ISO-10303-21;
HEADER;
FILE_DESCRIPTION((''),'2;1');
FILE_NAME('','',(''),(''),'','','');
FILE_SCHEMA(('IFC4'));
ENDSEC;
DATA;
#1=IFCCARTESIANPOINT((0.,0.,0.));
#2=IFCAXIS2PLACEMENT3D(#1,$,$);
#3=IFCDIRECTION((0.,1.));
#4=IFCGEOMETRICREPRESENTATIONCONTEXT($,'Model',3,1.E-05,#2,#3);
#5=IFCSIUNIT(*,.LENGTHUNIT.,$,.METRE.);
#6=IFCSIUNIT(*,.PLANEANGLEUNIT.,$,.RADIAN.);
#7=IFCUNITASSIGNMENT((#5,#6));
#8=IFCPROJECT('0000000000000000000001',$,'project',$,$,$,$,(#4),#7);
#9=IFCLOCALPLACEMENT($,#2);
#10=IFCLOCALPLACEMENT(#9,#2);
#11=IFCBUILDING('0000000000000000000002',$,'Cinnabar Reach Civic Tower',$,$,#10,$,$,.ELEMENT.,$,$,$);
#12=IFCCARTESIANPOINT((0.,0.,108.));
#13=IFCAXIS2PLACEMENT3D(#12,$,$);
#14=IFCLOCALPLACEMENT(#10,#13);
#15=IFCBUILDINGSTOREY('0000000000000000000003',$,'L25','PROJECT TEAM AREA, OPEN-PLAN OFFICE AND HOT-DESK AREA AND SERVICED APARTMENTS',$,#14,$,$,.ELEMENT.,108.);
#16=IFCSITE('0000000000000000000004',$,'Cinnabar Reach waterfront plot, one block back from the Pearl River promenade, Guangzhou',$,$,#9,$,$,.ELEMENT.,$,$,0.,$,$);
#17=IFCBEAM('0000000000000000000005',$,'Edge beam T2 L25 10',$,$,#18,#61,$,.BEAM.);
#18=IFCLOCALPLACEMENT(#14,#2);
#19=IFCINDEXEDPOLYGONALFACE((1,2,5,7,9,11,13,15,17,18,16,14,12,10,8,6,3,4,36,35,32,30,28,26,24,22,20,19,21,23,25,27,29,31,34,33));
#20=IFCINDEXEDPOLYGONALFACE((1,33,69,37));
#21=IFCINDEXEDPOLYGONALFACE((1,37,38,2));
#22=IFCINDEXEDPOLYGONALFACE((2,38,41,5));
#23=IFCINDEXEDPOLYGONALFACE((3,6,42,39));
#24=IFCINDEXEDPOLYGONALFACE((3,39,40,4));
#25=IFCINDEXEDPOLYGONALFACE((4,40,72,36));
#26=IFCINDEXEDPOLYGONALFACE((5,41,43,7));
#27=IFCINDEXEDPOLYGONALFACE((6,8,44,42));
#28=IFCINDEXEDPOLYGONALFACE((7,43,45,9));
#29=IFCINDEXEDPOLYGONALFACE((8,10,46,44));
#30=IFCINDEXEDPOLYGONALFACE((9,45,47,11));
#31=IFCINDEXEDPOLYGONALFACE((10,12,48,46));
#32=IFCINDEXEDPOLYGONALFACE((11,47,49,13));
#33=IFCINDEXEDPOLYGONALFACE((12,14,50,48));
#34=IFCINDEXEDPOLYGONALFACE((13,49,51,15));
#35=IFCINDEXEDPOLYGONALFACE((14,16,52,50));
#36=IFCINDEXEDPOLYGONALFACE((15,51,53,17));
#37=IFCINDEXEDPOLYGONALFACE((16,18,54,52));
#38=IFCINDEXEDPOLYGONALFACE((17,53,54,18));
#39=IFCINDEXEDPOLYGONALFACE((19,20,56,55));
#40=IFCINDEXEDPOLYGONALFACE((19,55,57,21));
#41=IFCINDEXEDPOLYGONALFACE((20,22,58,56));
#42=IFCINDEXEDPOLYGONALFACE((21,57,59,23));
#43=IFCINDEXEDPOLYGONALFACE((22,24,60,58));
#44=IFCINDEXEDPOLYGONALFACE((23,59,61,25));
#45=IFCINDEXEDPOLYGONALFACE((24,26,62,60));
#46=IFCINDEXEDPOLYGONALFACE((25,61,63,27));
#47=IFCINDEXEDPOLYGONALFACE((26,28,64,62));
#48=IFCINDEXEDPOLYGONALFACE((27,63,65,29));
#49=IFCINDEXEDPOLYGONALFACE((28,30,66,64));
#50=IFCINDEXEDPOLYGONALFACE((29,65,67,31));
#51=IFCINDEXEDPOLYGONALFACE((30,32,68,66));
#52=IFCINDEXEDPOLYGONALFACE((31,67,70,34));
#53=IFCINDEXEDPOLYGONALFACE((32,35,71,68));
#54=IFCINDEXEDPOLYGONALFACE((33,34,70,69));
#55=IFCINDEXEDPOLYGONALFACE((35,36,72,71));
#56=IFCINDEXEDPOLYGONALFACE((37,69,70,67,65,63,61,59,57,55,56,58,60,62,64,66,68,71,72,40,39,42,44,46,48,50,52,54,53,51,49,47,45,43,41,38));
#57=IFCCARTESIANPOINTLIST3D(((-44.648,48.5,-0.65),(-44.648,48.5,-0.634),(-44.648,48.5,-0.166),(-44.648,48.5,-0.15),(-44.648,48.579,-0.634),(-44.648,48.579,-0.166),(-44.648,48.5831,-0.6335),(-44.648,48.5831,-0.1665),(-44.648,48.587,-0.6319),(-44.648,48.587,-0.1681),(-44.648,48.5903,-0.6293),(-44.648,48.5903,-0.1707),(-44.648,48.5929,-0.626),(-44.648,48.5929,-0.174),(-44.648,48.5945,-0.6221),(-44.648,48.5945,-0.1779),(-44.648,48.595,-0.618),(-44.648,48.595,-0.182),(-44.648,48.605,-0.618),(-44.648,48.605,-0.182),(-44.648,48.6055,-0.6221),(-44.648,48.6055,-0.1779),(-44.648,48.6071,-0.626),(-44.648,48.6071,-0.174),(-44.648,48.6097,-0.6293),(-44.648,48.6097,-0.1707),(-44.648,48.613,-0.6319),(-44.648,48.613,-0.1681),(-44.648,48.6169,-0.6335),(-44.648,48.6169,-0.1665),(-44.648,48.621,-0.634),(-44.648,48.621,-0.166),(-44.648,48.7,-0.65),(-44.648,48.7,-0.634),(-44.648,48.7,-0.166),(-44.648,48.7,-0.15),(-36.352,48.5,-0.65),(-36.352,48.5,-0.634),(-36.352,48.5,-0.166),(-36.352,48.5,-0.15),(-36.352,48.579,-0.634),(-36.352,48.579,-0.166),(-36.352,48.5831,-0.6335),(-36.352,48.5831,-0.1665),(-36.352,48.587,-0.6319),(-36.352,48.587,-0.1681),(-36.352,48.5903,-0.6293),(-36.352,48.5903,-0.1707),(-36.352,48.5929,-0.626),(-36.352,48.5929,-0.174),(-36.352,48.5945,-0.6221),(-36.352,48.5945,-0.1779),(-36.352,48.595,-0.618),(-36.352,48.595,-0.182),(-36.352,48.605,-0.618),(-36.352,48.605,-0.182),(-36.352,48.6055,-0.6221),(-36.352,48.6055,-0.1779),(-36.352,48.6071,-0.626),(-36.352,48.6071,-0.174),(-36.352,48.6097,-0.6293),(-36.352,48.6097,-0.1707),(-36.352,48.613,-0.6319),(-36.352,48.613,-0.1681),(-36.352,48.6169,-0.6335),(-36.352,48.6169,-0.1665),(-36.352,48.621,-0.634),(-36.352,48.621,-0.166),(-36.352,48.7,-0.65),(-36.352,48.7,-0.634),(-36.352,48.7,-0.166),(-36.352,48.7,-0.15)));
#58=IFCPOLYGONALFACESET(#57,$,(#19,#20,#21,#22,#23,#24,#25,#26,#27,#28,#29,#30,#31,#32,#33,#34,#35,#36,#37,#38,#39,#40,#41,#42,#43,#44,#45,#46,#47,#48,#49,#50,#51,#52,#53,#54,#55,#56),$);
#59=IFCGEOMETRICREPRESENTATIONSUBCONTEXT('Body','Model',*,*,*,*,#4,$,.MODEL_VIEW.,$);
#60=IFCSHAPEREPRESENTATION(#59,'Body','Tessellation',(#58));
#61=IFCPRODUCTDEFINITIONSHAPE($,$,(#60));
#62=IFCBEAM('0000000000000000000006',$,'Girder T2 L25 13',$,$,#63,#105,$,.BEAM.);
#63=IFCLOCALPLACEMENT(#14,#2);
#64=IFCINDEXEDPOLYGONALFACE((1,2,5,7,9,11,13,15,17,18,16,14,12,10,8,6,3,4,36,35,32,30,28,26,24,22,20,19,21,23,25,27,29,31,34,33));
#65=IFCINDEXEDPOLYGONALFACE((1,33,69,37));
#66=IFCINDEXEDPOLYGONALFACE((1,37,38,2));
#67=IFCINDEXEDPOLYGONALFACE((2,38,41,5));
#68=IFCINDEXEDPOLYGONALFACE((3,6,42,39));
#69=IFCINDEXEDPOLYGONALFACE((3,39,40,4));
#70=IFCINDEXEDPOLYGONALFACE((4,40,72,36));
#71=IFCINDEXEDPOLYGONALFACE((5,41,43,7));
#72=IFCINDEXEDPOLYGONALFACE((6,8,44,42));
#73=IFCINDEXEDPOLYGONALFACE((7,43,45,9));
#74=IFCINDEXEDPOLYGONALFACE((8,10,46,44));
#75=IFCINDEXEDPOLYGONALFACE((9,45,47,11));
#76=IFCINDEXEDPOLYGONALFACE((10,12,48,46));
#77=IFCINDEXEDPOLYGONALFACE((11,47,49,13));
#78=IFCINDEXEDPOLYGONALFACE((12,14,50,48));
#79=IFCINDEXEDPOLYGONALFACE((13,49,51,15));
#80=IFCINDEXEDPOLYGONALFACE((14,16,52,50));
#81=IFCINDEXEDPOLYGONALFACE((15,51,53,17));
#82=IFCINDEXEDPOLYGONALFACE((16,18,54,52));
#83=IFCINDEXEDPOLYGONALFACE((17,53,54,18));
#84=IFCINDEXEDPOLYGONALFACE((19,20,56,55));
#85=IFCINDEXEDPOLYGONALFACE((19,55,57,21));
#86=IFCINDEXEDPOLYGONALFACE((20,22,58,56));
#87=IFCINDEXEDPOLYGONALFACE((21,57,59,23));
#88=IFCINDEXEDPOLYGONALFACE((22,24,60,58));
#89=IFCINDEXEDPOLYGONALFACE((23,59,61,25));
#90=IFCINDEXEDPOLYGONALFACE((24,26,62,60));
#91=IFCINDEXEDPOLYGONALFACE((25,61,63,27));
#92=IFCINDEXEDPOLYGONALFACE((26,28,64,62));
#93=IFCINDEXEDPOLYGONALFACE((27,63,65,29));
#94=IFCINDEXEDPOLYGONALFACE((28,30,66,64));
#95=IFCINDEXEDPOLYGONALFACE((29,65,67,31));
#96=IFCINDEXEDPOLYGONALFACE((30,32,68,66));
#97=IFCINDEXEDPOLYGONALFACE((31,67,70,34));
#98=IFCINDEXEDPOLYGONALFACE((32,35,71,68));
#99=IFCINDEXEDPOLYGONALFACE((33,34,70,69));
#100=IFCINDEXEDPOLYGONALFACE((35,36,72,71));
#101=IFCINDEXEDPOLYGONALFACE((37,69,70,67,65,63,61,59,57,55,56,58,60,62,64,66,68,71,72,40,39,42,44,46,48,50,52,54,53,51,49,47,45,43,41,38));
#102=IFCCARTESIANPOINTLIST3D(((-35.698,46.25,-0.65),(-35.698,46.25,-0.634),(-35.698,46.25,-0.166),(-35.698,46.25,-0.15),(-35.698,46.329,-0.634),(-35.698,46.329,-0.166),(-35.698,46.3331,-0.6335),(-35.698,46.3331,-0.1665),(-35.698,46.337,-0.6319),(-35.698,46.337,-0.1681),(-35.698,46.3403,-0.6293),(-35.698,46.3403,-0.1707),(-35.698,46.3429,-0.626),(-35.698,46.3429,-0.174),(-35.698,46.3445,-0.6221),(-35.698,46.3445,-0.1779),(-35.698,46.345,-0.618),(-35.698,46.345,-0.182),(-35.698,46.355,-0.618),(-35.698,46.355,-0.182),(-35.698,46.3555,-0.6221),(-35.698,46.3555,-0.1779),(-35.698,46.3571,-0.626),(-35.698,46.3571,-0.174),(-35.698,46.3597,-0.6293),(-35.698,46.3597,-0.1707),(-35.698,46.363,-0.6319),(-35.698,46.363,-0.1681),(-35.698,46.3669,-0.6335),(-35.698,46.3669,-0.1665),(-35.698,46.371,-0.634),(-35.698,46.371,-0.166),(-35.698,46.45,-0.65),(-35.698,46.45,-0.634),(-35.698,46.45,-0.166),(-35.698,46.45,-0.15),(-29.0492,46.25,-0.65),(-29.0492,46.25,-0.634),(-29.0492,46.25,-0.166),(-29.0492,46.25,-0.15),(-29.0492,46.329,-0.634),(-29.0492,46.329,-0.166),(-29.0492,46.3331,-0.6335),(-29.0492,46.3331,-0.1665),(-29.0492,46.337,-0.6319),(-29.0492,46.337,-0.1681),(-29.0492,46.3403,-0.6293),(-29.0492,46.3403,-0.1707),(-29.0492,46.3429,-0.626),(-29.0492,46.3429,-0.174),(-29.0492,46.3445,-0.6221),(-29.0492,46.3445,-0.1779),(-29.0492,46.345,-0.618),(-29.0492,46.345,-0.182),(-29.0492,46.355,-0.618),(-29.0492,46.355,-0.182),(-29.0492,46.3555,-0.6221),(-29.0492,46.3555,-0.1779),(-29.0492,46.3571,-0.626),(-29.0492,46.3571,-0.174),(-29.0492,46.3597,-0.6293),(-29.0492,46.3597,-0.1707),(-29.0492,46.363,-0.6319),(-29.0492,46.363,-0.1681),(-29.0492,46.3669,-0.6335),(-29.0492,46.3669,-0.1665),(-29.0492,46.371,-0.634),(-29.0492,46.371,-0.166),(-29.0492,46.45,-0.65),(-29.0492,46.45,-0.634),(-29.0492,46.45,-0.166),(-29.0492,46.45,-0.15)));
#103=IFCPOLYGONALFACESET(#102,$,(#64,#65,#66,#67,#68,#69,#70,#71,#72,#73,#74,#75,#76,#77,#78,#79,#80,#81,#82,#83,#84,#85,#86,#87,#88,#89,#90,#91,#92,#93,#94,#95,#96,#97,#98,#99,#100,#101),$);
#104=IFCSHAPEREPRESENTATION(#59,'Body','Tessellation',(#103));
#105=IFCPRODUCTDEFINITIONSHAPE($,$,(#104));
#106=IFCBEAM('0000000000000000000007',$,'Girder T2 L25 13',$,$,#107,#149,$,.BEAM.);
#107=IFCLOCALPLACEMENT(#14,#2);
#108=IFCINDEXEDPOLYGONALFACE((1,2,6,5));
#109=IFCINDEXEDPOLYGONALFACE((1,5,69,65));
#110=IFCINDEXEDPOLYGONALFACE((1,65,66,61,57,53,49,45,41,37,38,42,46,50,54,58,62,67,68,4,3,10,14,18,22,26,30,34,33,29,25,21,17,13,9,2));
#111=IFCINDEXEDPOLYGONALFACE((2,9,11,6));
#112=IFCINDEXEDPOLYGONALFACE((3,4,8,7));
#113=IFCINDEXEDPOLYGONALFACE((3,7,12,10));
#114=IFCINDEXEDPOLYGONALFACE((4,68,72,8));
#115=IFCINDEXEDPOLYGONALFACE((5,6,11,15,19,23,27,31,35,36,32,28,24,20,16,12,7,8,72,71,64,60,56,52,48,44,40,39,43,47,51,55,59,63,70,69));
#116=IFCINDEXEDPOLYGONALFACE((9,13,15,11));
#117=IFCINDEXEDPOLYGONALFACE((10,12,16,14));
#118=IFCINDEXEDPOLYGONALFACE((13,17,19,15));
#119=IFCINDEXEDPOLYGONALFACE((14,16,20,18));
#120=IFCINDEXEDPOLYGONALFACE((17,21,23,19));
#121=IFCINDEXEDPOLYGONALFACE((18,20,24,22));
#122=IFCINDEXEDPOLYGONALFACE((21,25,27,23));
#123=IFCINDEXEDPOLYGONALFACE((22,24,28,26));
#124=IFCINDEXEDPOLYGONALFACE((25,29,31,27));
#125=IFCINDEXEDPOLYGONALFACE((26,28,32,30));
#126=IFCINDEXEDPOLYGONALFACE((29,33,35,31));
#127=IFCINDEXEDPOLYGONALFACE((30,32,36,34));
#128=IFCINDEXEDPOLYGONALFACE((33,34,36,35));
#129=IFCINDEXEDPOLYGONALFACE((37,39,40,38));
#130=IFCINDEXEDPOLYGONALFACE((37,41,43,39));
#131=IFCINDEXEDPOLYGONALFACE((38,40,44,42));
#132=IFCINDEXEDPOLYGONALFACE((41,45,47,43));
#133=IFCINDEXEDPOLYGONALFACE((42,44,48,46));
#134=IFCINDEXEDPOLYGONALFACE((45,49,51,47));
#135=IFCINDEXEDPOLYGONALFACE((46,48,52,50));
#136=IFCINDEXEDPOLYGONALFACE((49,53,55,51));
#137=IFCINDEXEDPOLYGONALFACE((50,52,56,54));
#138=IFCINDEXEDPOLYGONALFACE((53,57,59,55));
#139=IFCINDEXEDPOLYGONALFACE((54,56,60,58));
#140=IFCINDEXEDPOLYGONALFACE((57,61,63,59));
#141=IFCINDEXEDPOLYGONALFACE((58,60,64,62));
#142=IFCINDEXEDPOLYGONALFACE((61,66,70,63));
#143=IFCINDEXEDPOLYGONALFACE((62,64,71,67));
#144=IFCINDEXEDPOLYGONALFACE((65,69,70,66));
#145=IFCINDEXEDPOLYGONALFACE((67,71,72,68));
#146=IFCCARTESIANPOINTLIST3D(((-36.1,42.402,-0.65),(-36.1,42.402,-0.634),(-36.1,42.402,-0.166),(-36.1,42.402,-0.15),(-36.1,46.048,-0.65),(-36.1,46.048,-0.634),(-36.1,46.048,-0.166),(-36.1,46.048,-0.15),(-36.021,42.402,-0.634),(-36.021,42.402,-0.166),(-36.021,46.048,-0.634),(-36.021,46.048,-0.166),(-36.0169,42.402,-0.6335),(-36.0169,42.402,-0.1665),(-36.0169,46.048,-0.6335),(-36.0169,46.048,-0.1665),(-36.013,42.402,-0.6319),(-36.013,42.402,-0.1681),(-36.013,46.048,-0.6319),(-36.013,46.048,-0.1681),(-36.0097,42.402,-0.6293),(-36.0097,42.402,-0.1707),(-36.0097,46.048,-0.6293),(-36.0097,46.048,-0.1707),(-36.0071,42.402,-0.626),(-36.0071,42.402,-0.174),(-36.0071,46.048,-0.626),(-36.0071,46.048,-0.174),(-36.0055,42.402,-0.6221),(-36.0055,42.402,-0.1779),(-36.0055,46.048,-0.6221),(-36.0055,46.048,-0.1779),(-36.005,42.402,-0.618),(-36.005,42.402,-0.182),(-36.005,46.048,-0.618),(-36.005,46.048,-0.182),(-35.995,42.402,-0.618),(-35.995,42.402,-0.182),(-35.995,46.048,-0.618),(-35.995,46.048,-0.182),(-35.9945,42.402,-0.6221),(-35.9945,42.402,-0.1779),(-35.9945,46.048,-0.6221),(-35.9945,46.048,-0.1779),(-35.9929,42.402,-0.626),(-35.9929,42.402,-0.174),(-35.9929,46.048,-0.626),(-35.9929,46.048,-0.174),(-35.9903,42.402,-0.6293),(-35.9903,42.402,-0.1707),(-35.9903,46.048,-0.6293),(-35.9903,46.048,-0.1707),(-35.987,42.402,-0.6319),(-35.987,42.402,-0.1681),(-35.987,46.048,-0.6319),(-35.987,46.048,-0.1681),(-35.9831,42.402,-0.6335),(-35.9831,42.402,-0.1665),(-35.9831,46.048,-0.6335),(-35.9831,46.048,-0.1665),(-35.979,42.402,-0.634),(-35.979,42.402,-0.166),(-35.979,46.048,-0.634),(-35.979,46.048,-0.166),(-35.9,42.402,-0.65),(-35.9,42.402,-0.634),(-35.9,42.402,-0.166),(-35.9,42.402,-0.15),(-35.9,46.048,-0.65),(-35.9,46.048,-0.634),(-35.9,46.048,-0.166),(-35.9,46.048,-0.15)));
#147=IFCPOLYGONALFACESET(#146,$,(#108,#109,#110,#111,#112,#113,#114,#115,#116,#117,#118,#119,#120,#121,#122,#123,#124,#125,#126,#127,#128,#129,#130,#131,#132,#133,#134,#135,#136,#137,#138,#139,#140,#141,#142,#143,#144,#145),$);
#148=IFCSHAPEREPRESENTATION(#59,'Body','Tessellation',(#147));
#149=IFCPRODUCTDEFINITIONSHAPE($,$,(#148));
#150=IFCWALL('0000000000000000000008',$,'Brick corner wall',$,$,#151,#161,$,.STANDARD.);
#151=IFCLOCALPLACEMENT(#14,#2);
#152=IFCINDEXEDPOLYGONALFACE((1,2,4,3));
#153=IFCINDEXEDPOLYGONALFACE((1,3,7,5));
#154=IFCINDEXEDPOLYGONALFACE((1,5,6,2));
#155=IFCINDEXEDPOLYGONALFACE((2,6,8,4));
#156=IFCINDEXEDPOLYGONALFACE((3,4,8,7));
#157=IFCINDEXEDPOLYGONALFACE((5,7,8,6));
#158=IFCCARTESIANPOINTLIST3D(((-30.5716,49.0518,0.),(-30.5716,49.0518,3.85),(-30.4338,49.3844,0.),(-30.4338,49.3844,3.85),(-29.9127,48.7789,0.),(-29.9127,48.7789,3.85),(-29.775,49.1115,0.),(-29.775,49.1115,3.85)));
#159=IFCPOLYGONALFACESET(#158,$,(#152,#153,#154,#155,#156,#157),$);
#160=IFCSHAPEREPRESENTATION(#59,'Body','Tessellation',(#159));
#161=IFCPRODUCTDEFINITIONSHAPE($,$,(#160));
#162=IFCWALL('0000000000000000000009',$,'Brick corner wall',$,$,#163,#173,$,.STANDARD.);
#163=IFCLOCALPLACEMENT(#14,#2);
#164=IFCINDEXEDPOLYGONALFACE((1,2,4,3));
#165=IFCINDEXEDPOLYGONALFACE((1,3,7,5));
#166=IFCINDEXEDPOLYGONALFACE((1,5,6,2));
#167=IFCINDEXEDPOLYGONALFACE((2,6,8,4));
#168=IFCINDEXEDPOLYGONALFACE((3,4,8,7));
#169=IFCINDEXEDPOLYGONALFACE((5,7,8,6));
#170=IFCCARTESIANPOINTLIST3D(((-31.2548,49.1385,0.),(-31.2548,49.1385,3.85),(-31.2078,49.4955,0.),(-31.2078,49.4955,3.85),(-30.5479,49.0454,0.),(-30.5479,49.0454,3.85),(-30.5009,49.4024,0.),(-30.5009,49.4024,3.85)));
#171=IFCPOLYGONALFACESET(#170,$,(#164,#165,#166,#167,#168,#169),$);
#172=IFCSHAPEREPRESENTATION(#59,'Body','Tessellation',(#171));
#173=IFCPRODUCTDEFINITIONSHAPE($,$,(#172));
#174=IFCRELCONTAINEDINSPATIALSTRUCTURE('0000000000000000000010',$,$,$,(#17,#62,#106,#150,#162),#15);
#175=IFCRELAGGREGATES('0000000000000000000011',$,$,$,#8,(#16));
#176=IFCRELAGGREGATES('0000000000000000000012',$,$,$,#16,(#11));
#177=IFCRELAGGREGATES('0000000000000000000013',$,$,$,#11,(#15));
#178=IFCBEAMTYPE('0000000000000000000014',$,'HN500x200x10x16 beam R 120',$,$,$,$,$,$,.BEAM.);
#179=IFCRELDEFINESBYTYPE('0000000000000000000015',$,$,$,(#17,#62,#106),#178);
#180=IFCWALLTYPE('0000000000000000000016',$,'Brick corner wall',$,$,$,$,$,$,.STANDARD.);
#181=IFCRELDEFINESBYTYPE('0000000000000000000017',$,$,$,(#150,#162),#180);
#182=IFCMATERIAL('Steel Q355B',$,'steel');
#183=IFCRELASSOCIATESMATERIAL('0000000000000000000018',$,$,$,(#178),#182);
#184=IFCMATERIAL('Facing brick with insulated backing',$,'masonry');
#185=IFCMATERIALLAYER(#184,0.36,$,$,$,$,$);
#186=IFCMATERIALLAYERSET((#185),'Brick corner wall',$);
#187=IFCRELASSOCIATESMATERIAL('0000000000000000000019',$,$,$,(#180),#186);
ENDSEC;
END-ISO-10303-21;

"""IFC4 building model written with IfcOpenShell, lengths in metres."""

from ifc_helpers import new_model, si_unit, direction, frame, frame_2d, origin, origin_2d, place, context, subcontext, project, spatial, rectangle, i_section, extrude, material, layer, layer_set, material_profile, profile_set, type_object, element, save


model = new_model("IFC4")

# Units and contexts
model_context = context("Model", 3, precision=1e-05, world=origin(), true_north=direction((0.0, 1.0)))
body_context = subcontext(model_context, "Body", "Model", "MODEL_VIEW")
ifc_project = project(units=[si_unit("LENGTHUNIT", "METRE"), si_unit("PLANEANGLEUNIT", "RADIAN")], contexts=[model_context])

# Site, building, storey
site_placement = place(None, origin())
site = spatial("IfcSite", under=ifc_project, at=site_placement, Name="Cinnabar Reach waterfront plot, one block back from the Pearl River promenade, Guangzhou", CompositionType="ELEMENT", RefElevation=0.0)
building_placement = place(site_placement, origin())
building = spatial("IfcBuilding", under=site, at=building_placement, Name="Cinnabar Reach Civic Tower", CompositionType="ELEMENT")
storey_placement = place(building_placement, frame((0.0, 0.0, 108.0)))
storey = spatial("IfcBuildingStorey", under=building, at=storey_placement, Name="L25", Description="PROJECT TEAM AREA, OPEN-PLAN OFFICE AND HOT-DESK AREA AND SERVICED APARTMENTS", CompositionType="ELEMENT", Elevation=108.0)

# Beams
ifc_material_1 = material(Name="Steel Q355B", Category="steel")
ifc_material_profile_1 = material_profile(ifc_material_1, i_section(OverallWidth=0.2, OverallDepth=0.5, WebThickness=0.01, FlangeThickness=0.016, FilletRadius=0.016, at=origin_2d()), Name="HN500x200x10x16")
ifc_profile_set_1 = profile_set([ifc_material_profile_1], Name="Steel Q355B")
beam_type_1 = type_object("IfcBeamType", Name="HN500x200x10x16 beam R 120", PredefinedType="BEAM", material=ifc_profile_set_1)
beam_1_placement = place(storey_placement, frame((-36.352, 48.6, -0.4), z_axis=(-1.0, 0.0, 0.0), x_axis=(0.0, -1.0, 0.0)))
element("IfcBeam", 1, at=beam_1_placement, inside=storey, type_object=beam_type_1, Name="Edge beam T2 L25 10", PredefinedType="BEAM", context=body_context, shape_type="SweptSolid", body=[
    extrude(i_section(OverallWidth=0.2, OverallDepth=0.5, WebThickness=0.01, FlangeThickness=0.016, FilletRadius=0.016, at=origin_2d()), origin(), (0.0, 0.0, 1.0), 8.296),
])
beam_2_placement = place(storey_placement, frame((-35.698, 46.35, -0.4), z_axis=(1.0, 0.0, 0.0), x_axis=(0.0, 1.0, 0.0)))
element("IfcBeam", 2, at=beam_2_placement, inside=storey, type_object=beam_type_1, Name="Girder T2 L25 13", PredefinedType="BEAM", context=body_context, shape_type="SweptSolid", body=[
    extrude(i_section(OverallWidth=0.2, OverallDepth=0.5, WebThickness=0.01, FlangeThickness=0.016, FilletRadius=0.016, at=origin_2d()), origin(), (0.0, 0.0, 1.0), 6.6488),
])
beam_3_placement = place(storey_placement, frame((-36.0, 42.402, -0.4), z_axis=(0.0, 1.0, 0.0), x_axis=(-1.0, 0.0, 0.0)))
element("IfcBeam", 3, at=beam_3_placement, inside=storey, type_object=beam_type_1, Name="Girder T2 L25 13", PredefinedType="BEAM", context=body_context, shape_type="SweptSolid", body=[
    extrude(i_section(OverallWidth=0.2, OverallDepth=0.5, WebThickness=0.01, FlangeThickness=0.016, FilletRadius=0.016, at=origin_2d()), origin(), (0.0, 0.0, 1.0), 3.646),
])

# Walls
ifc_material_2 = material(Name="Facing brick with insulated backing", Category="masonry")
ifc_layer_1 = layer(ifc_material_2, 0.36)
ifc_layer_set_1 = layer_set([ifc_layer_1], Name="Brick corner wall")
wall_type_1 = type_object("IfcWallType", Name="Brick corner wall", PredefinedType="STANDARD", material=ifc_layer_set_1)
for number, where, z_axis, x_axis, name in (
    (4, (-29.8439, 48.9452, 0.0), (0.0, 0.0, 1.0), (-0.923872, 0.382703, 0.0), "Brick corner wall"),
    (5, (-30.5244, 49.2239, 0.0), (0.0, 0.0, 1.0), (-0.991441, 0.130556, 0.0), "Brick corner wall"),
):
    element("IfcWall", number, at=place(storey_placement, frame(where, z_axis=z_axis, x_axis=x_axis)), inside=storey, type_object=wall_type_1, Name=name, PredefinedType="STANDARD", context=body_context, shape_type="SweptSolid", body=[
        extrude(rectangle(XDim=0.7131, YDim=0.36, at=frame_2d((0.3565, 0.0))), origin(), (0.0, 0.0, 1.0), 3.85),
    ])

save(model, "model.ifc")
